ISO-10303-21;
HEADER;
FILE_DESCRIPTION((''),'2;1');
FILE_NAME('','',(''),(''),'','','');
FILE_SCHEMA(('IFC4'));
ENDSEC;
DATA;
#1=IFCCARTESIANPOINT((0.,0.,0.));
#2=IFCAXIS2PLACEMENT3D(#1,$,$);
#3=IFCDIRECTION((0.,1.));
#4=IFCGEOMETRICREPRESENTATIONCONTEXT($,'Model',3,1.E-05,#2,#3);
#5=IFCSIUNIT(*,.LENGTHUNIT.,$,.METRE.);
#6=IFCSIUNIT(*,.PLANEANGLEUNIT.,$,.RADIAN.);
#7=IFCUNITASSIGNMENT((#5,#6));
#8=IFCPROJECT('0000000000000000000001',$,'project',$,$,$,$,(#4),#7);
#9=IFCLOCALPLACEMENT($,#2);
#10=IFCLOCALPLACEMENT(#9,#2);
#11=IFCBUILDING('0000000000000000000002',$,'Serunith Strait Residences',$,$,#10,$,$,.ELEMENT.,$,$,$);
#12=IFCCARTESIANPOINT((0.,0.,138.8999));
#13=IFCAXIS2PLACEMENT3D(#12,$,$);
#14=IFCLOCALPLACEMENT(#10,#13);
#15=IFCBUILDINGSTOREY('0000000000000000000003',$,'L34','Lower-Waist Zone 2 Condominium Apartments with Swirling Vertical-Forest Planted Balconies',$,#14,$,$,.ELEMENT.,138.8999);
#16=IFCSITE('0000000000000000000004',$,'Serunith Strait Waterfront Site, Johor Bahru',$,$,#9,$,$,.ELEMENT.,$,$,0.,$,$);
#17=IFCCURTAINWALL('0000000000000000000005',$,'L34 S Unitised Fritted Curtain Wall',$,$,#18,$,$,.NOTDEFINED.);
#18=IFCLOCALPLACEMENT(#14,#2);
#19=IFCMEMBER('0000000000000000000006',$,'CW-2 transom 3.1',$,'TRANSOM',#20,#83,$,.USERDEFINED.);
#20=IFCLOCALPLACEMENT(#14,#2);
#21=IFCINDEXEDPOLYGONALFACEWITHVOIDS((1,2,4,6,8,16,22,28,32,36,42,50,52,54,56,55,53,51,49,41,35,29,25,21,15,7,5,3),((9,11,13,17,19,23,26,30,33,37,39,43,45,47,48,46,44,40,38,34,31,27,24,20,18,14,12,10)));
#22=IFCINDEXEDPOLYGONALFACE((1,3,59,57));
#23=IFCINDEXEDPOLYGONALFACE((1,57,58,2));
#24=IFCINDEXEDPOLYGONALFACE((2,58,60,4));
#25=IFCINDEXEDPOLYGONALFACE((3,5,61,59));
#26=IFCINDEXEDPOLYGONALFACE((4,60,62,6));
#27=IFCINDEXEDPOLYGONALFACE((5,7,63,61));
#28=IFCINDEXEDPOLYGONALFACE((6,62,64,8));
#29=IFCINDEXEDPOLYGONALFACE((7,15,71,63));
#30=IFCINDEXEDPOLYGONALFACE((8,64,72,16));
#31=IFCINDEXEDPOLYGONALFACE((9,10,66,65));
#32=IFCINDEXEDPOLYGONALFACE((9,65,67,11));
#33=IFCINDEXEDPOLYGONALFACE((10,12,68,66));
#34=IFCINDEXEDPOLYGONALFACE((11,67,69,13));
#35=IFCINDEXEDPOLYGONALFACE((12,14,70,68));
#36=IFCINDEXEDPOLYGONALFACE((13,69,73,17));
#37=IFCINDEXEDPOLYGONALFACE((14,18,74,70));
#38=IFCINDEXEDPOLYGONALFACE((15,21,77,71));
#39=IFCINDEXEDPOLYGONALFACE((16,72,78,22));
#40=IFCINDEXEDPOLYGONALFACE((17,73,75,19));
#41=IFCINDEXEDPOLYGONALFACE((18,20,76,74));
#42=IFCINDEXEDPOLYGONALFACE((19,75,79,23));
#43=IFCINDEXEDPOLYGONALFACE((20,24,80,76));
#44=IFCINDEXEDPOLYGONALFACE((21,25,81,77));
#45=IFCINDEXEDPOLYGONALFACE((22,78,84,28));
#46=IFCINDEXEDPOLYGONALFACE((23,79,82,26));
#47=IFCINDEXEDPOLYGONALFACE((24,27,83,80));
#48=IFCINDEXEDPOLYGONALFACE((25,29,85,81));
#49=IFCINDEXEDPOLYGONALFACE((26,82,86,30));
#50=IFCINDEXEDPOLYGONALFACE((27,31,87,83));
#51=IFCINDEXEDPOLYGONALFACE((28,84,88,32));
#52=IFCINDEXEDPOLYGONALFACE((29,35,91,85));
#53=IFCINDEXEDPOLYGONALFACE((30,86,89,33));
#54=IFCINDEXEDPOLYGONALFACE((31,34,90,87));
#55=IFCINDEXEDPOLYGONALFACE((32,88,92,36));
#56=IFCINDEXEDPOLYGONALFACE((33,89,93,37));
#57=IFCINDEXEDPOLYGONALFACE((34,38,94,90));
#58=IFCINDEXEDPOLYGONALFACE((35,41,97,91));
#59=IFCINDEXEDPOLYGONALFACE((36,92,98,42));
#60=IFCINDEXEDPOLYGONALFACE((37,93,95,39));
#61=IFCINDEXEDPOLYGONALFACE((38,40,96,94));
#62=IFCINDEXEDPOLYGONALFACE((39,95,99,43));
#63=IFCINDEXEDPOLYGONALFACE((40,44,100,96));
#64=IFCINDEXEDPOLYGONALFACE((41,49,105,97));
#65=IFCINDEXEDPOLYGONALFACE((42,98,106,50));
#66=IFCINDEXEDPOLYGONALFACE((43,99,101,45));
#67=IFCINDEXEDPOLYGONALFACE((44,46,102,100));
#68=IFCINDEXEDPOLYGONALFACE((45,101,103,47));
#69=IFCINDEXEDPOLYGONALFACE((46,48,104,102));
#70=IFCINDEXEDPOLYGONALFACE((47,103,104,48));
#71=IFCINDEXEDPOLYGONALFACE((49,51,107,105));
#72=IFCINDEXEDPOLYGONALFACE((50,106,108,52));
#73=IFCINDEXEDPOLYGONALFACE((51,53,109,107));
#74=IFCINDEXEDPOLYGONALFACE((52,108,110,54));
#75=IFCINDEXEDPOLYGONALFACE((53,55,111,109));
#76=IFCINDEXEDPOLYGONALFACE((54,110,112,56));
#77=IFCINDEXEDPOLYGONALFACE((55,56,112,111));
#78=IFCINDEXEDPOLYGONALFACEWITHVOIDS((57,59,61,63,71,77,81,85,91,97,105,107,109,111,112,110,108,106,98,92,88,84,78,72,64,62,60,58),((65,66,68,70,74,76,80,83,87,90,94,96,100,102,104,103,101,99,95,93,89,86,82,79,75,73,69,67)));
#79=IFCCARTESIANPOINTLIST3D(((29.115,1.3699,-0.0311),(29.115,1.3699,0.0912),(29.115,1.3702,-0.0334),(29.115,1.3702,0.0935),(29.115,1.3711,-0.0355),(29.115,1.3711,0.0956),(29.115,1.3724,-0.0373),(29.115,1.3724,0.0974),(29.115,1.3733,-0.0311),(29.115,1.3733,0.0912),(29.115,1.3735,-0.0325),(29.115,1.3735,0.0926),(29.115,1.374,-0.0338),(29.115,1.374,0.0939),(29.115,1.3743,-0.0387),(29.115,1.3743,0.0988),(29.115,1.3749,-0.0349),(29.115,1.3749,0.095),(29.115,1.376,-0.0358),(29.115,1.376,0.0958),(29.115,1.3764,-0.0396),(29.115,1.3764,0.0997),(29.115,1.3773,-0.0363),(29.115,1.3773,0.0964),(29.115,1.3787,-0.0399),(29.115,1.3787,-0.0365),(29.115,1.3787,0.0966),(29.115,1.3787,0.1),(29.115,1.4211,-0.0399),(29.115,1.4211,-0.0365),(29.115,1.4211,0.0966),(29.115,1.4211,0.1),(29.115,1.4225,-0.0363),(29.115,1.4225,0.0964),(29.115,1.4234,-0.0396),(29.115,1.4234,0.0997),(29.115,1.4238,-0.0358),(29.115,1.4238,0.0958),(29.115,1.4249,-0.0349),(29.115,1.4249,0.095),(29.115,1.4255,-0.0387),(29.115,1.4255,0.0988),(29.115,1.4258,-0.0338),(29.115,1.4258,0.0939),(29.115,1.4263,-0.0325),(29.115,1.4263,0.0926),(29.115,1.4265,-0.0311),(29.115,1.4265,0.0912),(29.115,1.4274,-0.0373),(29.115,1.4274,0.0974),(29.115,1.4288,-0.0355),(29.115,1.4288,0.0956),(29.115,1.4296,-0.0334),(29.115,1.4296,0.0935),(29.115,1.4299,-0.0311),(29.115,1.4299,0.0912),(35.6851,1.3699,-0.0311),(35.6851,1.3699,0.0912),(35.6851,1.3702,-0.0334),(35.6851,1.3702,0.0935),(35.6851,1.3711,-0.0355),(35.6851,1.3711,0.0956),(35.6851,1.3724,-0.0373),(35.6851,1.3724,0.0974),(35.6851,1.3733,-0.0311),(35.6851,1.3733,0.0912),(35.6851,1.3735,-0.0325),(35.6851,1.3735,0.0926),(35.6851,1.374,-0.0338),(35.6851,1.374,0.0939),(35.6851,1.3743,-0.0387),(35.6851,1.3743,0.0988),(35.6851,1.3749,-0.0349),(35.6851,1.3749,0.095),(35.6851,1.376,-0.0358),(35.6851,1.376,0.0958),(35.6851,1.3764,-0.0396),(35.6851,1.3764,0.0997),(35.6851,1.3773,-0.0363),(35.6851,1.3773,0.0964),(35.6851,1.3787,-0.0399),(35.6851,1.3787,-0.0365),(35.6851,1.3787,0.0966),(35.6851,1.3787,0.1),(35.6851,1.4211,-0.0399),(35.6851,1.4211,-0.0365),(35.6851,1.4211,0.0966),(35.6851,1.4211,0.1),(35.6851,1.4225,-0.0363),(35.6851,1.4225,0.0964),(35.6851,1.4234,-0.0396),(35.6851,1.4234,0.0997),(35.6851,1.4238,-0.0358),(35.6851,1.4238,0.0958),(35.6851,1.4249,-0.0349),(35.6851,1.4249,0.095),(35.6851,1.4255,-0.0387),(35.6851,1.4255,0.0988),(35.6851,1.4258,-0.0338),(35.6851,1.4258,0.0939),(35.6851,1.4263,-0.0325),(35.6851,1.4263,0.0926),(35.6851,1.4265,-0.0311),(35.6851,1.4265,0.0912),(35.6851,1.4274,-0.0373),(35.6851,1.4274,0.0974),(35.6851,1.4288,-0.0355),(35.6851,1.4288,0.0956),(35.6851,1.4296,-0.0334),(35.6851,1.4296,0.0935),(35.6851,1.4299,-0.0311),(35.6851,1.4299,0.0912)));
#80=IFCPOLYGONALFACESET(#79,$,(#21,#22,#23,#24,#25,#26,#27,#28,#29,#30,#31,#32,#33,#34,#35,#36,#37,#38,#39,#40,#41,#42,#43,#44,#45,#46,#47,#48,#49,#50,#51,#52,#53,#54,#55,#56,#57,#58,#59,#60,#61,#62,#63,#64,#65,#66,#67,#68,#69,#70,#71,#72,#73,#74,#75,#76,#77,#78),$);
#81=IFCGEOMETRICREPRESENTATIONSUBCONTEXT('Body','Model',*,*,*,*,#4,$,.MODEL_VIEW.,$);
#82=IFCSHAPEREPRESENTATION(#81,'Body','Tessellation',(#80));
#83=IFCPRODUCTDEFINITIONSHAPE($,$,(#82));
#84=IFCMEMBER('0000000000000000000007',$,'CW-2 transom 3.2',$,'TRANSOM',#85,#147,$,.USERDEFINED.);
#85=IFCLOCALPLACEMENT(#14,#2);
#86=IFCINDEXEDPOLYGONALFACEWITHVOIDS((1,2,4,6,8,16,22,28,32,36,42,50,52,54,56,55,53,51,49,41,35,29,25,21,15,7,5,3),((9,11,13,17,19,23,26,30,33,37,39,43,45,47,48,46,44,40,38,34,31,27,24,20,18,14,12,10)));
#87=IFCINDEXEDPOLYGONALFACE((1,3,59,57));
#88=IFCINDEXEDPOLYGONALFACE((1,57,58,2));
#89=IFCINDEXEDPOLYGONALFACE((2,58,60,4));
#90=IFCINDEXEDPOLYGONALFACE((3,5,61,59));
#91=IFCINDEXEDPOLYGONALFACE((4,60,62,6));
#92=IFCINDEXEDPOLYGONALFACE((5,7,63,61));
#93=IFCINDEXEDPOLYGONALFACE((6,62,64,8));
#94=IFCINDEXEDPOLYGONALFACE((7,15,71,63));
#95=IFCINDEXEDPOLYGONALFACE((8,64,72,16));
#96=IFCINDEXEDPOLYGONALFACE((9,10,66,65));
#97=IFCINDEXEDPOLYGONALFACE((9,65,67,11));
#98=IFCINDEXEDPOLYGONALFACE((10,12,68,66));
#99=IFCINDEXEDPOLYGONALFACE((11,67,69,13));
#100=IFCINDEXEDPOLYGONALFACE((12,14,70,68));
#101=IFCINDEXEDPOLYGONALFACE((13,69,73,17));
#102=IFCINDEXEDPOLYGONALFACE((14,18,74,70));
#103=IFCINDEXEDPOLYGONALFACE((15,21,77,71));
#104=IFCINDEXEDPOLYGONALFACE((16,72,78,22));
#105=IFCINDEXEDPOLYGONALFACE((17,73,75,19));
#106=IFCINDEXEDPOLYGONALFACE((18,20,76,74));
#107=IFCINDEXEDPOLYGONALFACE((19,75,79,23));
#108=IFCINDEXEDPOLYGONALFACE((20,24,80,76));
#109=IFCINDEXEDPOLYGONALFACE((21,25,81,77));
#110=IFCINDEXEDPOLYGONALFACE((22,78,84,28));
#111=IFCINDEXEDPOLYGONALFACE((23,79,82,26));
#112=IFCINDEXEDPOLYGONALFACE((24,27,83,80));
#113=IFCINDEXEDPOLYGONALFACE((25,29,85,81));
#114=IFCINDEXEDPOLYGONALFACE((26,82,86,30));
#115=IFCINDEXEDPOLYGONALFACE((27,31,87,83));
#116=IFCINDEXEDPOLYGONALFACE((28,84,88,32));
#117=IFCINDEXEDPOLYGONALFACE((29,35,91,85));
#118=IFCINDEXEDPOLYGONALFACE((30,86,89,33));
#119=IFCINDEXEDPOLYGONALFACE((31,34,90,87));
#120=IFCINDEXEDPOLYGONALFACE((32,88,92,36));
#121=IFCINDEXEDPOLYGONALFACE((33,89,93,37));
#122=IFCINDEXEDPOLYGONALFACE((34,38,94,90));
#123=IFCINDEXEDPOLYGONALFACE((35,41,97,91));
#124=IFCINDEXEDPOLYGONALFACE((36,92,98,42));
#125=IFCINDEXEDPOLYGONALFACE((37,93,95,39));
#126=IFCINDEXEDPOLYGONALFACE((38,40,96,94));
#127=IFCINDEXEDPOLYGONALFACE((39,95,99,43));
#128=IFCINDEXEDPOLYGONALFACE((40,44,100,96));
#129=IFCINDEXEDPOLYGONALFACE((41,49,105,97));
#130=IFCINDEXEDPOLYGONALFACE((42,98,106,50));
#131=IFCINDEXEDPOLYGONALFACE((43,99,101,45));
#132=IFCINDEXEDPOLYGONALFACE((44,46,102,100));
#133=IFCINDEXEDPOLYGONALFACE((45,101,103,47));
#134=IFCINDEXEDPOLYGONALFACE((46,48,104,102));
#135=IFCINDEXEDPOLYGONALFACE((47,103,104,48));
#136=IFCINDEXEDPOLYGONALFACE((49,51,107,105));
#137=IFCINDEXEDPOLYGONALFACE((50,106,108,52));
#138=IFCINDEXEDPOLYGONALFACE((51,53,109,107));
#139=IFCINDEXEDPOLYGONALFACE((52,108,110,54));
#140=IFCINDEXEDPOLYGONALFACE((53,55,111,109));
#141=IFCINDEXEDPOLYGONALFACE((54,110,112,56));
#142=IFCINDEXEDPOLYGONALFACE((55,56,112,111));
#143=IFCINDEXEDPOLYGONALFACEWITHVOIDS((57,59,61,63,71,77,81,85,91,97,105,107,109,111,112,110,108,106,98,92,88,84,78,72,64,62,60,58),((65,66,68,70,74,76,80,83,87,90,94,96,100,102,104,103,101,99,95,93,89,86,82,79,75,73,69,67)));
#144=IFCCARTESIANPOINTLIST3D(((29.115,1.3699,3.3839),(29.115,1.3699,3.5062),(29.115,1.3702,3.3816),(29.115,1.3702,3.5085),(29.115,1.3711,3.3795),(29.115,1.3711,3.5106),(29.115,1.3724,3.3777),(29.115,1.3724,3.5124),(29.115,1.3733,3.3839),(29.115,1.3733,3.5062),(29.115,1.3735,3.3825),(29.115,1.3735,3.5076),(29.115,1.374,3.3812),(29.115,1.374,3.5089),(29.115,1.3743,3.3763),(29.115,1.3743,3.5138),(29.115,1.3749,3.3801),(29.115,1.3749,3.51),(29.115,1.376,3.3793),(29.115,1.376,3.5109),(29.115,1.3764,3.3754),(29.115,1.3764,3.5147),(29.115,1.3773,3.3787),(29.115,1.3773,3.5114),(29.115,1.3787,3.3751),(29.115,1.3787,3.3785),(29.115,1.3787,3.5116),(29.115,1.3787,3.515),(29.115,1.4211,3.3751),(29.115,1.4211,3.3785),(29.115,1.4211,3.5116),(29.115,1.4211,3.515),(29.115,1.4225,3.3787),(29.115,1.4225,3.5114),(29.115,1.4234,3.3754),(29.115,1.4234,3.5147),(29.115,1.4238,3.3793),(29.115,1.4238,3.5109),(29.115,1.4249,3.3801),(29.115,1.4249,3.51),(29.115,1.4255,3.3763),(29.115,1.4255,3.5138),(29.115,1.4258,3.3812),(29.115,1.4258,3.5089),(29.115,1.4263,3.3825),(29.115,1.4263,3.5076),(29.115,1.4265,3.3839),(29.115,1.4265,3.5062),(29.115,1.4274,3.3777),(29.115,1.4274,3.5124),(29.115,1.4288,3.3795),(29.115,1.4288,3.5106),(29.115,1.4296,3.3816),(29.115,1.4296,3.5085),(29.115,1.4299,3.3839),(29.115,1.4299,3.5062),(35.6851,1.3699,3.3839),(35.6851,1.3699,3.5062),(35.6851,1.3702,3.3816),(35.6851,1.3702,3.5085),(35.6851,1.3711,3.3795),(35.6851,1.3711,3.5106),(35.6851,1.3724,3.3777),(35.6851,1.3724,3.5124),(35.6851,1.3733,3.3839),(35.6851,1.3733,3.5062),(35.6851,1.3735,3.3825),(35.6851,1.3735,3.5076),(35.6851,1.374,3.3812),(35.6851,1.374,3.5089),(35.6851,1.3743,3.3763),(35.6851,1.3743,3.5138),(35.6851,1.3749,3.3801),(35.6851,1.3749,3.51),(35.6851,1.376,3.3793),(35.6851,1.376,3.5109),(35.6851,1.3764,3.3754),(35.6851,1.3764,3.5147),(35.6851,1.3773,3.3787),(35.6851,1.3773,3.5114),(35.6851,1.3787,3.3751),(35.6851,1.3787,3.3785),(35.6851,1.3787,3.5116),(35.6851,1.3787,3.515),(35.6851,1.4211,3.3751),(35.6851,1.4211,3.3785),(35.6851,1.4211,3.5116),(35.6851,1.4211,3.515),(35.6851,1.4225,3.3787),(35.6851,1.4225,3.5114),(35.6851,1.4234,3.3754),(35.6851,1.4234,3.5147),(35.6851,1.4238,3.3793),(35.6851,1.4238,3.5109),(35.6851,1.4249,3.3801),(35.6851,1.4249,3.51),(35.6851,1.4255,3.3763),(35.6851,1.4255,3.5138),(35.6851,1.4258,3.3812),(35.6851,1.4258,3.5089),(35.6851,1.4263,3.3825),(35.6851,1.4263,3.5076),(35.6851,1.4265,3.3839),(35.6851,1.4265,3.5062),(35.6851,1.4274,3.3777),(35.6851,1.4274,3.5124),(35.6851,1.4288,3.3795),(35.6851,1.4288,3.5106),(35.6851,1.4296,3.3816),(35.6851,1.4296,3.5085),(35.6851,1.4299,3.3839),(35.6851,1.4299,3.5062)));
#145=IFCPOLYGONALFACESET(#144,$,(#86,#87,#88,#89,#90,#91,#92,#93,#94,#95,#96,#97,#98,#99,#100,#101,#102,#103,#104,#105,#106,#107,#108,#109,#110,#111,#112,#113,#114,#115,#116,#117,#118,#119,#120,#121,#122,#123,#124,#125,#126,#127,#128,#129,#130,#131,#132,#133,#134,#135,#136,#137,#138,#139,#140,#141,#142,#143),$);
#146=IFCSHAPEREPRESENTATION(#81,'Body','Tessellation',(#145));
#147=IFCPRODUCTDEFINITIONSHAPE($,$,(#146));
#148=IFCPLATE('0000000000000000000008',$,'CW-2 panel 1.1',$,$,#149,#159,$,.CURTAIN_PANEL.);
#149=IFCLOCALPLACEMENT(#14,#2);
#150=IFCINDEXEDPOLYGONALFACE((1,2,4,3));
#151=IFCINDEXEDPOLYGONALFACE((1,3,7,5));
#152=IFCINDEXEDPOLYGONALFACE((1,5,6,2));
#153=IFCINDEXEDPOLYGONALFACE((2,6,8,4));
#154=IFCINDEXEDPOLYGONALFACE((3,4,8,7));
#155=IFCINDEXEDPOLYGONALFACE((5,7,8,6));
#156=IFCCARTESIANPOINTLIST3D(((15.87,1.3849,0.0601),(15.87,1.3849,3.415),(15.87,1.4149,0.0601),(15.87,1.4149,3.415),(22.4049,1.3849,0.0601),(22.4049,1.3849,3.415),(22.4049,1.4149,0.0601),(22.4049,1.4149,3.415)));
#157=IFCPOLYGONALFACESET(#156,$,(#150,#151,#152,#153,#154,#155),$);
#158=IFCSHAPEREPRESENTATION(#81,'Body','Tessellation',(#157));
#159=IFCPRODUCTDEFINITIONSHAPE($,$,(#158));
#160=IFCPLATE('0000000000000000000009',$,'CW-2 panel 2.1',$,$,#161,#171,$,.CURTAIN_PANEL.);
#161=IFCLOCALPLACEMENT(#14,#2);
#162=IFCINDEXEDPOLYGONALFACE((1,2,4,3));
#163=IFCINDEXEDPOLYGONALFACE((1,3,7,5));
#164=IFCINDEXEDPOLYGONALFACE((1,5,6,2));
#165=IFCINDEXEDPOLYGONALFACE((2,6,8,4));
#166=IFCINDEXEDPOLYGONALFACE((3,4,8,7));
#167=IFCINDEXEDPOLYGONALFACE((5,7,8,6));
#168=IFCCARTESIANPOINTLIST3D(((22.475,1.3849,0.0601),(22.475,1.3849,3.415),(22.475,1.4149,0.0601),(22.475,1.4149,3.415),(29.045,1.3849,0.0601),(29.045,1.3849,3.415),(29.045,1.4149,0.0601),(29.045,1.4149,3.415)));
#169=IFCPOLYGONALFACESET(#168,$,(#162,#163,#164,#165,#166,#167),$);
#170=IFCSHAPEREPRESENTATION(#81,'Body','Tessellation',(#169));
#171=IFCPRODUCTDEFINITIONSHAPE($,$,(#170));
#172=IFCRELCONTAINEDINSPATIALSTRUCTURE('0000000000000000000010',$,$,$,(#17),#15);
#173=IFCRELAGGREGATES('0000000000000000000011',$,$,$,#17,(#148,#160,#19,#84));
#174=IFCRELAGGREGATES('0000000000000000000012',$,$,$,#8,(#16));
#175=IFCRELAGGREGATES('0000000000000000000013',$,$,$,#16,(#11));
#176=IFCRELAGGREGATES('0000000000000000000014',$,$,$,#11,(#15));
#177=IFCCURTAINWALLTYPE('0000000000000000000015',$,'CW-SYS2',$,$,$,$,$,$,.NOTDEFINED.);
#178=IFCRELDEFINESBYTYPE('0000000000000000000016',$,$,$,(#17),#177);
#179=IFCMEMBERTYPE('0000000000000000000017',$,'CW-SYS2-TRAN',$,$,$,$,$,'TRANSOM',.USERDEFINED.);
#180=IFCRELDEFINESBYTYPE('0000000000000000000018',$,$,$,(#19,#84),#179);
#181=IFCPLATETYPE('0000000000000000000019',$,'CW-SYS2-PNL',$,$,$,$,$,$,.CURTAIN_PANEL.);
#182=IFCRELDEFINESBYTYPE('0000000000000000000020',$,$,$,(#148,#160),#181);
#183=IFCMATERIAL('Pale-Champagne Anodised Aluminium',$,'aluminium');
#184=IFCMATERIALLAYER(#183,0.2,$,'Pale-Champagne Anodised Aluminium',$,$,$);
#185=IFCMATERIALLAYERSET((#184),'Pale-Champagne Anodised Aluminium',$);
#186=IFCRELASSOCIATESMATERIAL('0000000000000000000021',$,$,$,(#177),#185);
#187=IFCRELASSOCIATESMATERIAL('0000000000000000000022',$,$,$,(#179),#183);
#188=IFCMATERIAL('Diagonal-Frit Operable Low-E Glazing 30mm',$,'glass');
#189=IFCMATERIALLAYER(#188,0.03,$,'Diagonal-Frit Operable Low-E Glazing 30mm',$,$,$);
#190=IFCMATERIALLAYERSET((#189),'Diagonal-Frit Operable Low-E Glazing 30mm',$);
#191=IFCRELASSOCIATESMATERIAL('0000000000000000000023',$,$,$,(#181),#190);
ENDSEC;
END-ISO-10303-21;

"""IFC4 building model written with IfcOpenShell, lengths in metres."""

from ifc_helpers import new_model, si_unit, direction, frame, origin, origin_2d, place, context, subcontext, project, spatial, rectangle, hollow_rectangle, extrude, source, transform, mapped, material, layer, layer_set, material_profile, profile_set, type_object, element, aggregate, save


model = new_model("IFC4")

# Units and contexts
model_context = context("Model", 3, precision=1e-05, world=origin(), true_north=direction((0.0, 1.0)))
body_context = subcontext(model_context, "Body", "Model", "MODEL_VIEW")
ifc_project = project(units=[si_unit("LENGTHUNIT", "METRE"), si_unit("PLANEANGLEUNIT", "RADIAN")], contexts=[model_context])

# Site, building, storey
site_placement = place(None, origin())
site = spatial("IfcSite", under=ifc_project, at=site_placement, Name="Serunith Strait Waterfront Site, Johor Bahru", CompositionType="ELEMENT", RefElevation=0.0)
building_placement = place(site_placement, origin())
building = spatial("IfcBuilding", under=site, at=building_placement, Name="Serunith Strait Residences", CompositionType="ELEMENT")
storey_placement = place(building_placement, frame((0.0, 0.0, 138.8999)))
storey = spatial("IfcBuildingStorey", under=building, at=storey_placement, Name="L34", Description="Lower-Waist Zone 2 Condominium Apartments with Swirling Vertical-Forest Planted Balconies", CompositionType="ELEMENT", Elevation=138.8999)

# Curtain wall, members, plates
ifc_material_1 = material(Name="Pale-Champagne Anodised Aluminium", Category="aluminium")
ifc_layer_1 = layer(ifc_material_1, 0.2, Name="Pale-Champagne Anodised Aluminium")
ifc_layer_set_1 = layer_set([ifc_layer_1], Name="Pale-Champagne Anodised Aluminium")
curtain_wall_type = type_object("IfcCurtainWallType", Name="CW-SYS2", PredefinedType="NOTDEFINED", material=ifc_layer_set_1)
curtain_wall_placement = place(storey_placement, origin())
curtain_wall = element("IfcCurtainWall", 1, at=curtain_wall_placement, inside=storey, type_object=curtain_wall_type, Name="L34 S Unitised Fritted Curtain Wall", PredefinedType="NOTDEFINED")
ifc_material_profile_1 = material_profile(ifc_material_1, hollow_rectangle(XDim=0.0601, YDim=0.1399, WallThickness=0.0034, InnerFilletRadius=0.0054, OuterFilletRadius=0.0088, at=origin_2d()), Name="ALU 140x60x3.5")
ifc_profile_set_1 = profile_set([ifc_material_profile_1], Name="Pale-Champagne Anodised Aluminium")
member_type_1 = type_object("IfcMemberType", Name="CW-SYS2-TRAN", ElementType="TRANSOM", PredefinedType="USERDEFINED", material=ifc_profile_set_1)
shared_shape_1 = source(origin(), body_context, "Body", "SweptSolid", [
    extrude(hollow_rectangle(XDim=0.0601, YDim=0.1399, WallThickness=0.0034, InnerFilletRadius=0.0054, OuterFilletRadius=0.0088, at=origin_2d()), origin(), (0.0, 0.0, 1.0), 6.5701),
])
member_1_placement = place(storey_placement, frame((29.115, 1.3999, 0.03), z_axis=(1.0, 0.0, 0.0), x_axis=(0.0, 1.0, 0.0)))
member_1 = element("IfcMember", 2, at=member_1_placement, type_object=member_type_1, Name="CW-2 transom 3.1", ObjectType="TRANSOM", PredefinedType="USERDEFINED", context=body_context, shape_type="MappedRepresentation", body=[
    mapped(shared_shape_1, transform((0.0, 0.0, 0.0), scale=1.0)),
])
member_2_placement = place(storey_placement, frame((29.115, 1.3999, 3.4451), z_axis=(1.0, 0.0, 0.0), x_axis=(0.0, 1.0, 0.0)))
member_2 = element("IfcMember", 3, at=member_2_placement, type_object=member_type_1, Name="CW-2 transom 3.2", ObjectType="TRANSOM", PredefinedType="USERDEFINED", context=body_context, shape_type="MappedRepresentation", body=[
    mapped(shared_shape_1, transform((0.0, 0.0, 0.0), scale=1.0)),
])
ifc_material_2 = material(Name="Diagonal-Frit Operable Low-E Glazing 30mm", Category="glass")
ifc_layer_2 = layer(ifc_material_2, 0.03, Name="Diagonal-Frit Operable Low-E Glazing 30mm")
ifc_layer_set_2 = layer_set([ifc_layer_2], Name="Diagonal-Frit Operable Low-E Glazing 30mm")
plate_type = type_object("IfcPlateType", Name="CW-SYS2-PNL", PredefinedType="CURTAIN_PANEL", material=ifc_layer_set_2)
shared_shape_2 = source(origin(), body_context, "Body", "SweptSolid", [
    extrude(rectangle(XDim=6.5349, YDim=0.03, at=origin_2d()), origin(), (0.0, 0.0, 1.0), 3.355),
])
plate_1_placement = place(storey_placement, frame((19.1375, 1.3999, 0.0601), z_axis=(0.0, 0.0, 1.0), x_axis=(1.0, 0.0, 0.0)))
plate_1 = element("IfcPlate", 4, at=plate_1_placement, type_object=plate_type, Name="CW-2 panel 1.1", PredefinedType="CURTAIN_PANEL", context=body_context, shape_type="MappedRepresentation", body=[
    mapped(shared_shape_2, transform((0.0, 0.0, 0.0), scale=1.0)),
])
shared_shape_3 = source(origin(), body_context, "Body", "SweptSolid", [
    extrude(rectangle(XDim=6.5701, YDim=0.03, at=origin_2d()), origin(), (0.0, 0.0, 1.0), 3.355),
])
plate_2_placement = place(storey_placement, frame((25.76, 1.3999, 0.0601), z_axis=(0.0, 0.0, 1.0), x_axis=(1.0, 0.0, 0.0)))
plate_2 = element("IfcPlate", 5, at=plate_2_placement, type_object=plate_type, Name="CW-2 panel 2.1", PredefinedType="CURTAIN_PANEL", context=body_context, shape_type="MappedRepresentation", body=[
    mapped(shared_shape_3, transform((0.0, 0.0, 0.0), scale=1.0)),
])
aggregate(curtain_wall, [plate_1, plate_2, member_1, member_2])

save(model, "model.ifc")
